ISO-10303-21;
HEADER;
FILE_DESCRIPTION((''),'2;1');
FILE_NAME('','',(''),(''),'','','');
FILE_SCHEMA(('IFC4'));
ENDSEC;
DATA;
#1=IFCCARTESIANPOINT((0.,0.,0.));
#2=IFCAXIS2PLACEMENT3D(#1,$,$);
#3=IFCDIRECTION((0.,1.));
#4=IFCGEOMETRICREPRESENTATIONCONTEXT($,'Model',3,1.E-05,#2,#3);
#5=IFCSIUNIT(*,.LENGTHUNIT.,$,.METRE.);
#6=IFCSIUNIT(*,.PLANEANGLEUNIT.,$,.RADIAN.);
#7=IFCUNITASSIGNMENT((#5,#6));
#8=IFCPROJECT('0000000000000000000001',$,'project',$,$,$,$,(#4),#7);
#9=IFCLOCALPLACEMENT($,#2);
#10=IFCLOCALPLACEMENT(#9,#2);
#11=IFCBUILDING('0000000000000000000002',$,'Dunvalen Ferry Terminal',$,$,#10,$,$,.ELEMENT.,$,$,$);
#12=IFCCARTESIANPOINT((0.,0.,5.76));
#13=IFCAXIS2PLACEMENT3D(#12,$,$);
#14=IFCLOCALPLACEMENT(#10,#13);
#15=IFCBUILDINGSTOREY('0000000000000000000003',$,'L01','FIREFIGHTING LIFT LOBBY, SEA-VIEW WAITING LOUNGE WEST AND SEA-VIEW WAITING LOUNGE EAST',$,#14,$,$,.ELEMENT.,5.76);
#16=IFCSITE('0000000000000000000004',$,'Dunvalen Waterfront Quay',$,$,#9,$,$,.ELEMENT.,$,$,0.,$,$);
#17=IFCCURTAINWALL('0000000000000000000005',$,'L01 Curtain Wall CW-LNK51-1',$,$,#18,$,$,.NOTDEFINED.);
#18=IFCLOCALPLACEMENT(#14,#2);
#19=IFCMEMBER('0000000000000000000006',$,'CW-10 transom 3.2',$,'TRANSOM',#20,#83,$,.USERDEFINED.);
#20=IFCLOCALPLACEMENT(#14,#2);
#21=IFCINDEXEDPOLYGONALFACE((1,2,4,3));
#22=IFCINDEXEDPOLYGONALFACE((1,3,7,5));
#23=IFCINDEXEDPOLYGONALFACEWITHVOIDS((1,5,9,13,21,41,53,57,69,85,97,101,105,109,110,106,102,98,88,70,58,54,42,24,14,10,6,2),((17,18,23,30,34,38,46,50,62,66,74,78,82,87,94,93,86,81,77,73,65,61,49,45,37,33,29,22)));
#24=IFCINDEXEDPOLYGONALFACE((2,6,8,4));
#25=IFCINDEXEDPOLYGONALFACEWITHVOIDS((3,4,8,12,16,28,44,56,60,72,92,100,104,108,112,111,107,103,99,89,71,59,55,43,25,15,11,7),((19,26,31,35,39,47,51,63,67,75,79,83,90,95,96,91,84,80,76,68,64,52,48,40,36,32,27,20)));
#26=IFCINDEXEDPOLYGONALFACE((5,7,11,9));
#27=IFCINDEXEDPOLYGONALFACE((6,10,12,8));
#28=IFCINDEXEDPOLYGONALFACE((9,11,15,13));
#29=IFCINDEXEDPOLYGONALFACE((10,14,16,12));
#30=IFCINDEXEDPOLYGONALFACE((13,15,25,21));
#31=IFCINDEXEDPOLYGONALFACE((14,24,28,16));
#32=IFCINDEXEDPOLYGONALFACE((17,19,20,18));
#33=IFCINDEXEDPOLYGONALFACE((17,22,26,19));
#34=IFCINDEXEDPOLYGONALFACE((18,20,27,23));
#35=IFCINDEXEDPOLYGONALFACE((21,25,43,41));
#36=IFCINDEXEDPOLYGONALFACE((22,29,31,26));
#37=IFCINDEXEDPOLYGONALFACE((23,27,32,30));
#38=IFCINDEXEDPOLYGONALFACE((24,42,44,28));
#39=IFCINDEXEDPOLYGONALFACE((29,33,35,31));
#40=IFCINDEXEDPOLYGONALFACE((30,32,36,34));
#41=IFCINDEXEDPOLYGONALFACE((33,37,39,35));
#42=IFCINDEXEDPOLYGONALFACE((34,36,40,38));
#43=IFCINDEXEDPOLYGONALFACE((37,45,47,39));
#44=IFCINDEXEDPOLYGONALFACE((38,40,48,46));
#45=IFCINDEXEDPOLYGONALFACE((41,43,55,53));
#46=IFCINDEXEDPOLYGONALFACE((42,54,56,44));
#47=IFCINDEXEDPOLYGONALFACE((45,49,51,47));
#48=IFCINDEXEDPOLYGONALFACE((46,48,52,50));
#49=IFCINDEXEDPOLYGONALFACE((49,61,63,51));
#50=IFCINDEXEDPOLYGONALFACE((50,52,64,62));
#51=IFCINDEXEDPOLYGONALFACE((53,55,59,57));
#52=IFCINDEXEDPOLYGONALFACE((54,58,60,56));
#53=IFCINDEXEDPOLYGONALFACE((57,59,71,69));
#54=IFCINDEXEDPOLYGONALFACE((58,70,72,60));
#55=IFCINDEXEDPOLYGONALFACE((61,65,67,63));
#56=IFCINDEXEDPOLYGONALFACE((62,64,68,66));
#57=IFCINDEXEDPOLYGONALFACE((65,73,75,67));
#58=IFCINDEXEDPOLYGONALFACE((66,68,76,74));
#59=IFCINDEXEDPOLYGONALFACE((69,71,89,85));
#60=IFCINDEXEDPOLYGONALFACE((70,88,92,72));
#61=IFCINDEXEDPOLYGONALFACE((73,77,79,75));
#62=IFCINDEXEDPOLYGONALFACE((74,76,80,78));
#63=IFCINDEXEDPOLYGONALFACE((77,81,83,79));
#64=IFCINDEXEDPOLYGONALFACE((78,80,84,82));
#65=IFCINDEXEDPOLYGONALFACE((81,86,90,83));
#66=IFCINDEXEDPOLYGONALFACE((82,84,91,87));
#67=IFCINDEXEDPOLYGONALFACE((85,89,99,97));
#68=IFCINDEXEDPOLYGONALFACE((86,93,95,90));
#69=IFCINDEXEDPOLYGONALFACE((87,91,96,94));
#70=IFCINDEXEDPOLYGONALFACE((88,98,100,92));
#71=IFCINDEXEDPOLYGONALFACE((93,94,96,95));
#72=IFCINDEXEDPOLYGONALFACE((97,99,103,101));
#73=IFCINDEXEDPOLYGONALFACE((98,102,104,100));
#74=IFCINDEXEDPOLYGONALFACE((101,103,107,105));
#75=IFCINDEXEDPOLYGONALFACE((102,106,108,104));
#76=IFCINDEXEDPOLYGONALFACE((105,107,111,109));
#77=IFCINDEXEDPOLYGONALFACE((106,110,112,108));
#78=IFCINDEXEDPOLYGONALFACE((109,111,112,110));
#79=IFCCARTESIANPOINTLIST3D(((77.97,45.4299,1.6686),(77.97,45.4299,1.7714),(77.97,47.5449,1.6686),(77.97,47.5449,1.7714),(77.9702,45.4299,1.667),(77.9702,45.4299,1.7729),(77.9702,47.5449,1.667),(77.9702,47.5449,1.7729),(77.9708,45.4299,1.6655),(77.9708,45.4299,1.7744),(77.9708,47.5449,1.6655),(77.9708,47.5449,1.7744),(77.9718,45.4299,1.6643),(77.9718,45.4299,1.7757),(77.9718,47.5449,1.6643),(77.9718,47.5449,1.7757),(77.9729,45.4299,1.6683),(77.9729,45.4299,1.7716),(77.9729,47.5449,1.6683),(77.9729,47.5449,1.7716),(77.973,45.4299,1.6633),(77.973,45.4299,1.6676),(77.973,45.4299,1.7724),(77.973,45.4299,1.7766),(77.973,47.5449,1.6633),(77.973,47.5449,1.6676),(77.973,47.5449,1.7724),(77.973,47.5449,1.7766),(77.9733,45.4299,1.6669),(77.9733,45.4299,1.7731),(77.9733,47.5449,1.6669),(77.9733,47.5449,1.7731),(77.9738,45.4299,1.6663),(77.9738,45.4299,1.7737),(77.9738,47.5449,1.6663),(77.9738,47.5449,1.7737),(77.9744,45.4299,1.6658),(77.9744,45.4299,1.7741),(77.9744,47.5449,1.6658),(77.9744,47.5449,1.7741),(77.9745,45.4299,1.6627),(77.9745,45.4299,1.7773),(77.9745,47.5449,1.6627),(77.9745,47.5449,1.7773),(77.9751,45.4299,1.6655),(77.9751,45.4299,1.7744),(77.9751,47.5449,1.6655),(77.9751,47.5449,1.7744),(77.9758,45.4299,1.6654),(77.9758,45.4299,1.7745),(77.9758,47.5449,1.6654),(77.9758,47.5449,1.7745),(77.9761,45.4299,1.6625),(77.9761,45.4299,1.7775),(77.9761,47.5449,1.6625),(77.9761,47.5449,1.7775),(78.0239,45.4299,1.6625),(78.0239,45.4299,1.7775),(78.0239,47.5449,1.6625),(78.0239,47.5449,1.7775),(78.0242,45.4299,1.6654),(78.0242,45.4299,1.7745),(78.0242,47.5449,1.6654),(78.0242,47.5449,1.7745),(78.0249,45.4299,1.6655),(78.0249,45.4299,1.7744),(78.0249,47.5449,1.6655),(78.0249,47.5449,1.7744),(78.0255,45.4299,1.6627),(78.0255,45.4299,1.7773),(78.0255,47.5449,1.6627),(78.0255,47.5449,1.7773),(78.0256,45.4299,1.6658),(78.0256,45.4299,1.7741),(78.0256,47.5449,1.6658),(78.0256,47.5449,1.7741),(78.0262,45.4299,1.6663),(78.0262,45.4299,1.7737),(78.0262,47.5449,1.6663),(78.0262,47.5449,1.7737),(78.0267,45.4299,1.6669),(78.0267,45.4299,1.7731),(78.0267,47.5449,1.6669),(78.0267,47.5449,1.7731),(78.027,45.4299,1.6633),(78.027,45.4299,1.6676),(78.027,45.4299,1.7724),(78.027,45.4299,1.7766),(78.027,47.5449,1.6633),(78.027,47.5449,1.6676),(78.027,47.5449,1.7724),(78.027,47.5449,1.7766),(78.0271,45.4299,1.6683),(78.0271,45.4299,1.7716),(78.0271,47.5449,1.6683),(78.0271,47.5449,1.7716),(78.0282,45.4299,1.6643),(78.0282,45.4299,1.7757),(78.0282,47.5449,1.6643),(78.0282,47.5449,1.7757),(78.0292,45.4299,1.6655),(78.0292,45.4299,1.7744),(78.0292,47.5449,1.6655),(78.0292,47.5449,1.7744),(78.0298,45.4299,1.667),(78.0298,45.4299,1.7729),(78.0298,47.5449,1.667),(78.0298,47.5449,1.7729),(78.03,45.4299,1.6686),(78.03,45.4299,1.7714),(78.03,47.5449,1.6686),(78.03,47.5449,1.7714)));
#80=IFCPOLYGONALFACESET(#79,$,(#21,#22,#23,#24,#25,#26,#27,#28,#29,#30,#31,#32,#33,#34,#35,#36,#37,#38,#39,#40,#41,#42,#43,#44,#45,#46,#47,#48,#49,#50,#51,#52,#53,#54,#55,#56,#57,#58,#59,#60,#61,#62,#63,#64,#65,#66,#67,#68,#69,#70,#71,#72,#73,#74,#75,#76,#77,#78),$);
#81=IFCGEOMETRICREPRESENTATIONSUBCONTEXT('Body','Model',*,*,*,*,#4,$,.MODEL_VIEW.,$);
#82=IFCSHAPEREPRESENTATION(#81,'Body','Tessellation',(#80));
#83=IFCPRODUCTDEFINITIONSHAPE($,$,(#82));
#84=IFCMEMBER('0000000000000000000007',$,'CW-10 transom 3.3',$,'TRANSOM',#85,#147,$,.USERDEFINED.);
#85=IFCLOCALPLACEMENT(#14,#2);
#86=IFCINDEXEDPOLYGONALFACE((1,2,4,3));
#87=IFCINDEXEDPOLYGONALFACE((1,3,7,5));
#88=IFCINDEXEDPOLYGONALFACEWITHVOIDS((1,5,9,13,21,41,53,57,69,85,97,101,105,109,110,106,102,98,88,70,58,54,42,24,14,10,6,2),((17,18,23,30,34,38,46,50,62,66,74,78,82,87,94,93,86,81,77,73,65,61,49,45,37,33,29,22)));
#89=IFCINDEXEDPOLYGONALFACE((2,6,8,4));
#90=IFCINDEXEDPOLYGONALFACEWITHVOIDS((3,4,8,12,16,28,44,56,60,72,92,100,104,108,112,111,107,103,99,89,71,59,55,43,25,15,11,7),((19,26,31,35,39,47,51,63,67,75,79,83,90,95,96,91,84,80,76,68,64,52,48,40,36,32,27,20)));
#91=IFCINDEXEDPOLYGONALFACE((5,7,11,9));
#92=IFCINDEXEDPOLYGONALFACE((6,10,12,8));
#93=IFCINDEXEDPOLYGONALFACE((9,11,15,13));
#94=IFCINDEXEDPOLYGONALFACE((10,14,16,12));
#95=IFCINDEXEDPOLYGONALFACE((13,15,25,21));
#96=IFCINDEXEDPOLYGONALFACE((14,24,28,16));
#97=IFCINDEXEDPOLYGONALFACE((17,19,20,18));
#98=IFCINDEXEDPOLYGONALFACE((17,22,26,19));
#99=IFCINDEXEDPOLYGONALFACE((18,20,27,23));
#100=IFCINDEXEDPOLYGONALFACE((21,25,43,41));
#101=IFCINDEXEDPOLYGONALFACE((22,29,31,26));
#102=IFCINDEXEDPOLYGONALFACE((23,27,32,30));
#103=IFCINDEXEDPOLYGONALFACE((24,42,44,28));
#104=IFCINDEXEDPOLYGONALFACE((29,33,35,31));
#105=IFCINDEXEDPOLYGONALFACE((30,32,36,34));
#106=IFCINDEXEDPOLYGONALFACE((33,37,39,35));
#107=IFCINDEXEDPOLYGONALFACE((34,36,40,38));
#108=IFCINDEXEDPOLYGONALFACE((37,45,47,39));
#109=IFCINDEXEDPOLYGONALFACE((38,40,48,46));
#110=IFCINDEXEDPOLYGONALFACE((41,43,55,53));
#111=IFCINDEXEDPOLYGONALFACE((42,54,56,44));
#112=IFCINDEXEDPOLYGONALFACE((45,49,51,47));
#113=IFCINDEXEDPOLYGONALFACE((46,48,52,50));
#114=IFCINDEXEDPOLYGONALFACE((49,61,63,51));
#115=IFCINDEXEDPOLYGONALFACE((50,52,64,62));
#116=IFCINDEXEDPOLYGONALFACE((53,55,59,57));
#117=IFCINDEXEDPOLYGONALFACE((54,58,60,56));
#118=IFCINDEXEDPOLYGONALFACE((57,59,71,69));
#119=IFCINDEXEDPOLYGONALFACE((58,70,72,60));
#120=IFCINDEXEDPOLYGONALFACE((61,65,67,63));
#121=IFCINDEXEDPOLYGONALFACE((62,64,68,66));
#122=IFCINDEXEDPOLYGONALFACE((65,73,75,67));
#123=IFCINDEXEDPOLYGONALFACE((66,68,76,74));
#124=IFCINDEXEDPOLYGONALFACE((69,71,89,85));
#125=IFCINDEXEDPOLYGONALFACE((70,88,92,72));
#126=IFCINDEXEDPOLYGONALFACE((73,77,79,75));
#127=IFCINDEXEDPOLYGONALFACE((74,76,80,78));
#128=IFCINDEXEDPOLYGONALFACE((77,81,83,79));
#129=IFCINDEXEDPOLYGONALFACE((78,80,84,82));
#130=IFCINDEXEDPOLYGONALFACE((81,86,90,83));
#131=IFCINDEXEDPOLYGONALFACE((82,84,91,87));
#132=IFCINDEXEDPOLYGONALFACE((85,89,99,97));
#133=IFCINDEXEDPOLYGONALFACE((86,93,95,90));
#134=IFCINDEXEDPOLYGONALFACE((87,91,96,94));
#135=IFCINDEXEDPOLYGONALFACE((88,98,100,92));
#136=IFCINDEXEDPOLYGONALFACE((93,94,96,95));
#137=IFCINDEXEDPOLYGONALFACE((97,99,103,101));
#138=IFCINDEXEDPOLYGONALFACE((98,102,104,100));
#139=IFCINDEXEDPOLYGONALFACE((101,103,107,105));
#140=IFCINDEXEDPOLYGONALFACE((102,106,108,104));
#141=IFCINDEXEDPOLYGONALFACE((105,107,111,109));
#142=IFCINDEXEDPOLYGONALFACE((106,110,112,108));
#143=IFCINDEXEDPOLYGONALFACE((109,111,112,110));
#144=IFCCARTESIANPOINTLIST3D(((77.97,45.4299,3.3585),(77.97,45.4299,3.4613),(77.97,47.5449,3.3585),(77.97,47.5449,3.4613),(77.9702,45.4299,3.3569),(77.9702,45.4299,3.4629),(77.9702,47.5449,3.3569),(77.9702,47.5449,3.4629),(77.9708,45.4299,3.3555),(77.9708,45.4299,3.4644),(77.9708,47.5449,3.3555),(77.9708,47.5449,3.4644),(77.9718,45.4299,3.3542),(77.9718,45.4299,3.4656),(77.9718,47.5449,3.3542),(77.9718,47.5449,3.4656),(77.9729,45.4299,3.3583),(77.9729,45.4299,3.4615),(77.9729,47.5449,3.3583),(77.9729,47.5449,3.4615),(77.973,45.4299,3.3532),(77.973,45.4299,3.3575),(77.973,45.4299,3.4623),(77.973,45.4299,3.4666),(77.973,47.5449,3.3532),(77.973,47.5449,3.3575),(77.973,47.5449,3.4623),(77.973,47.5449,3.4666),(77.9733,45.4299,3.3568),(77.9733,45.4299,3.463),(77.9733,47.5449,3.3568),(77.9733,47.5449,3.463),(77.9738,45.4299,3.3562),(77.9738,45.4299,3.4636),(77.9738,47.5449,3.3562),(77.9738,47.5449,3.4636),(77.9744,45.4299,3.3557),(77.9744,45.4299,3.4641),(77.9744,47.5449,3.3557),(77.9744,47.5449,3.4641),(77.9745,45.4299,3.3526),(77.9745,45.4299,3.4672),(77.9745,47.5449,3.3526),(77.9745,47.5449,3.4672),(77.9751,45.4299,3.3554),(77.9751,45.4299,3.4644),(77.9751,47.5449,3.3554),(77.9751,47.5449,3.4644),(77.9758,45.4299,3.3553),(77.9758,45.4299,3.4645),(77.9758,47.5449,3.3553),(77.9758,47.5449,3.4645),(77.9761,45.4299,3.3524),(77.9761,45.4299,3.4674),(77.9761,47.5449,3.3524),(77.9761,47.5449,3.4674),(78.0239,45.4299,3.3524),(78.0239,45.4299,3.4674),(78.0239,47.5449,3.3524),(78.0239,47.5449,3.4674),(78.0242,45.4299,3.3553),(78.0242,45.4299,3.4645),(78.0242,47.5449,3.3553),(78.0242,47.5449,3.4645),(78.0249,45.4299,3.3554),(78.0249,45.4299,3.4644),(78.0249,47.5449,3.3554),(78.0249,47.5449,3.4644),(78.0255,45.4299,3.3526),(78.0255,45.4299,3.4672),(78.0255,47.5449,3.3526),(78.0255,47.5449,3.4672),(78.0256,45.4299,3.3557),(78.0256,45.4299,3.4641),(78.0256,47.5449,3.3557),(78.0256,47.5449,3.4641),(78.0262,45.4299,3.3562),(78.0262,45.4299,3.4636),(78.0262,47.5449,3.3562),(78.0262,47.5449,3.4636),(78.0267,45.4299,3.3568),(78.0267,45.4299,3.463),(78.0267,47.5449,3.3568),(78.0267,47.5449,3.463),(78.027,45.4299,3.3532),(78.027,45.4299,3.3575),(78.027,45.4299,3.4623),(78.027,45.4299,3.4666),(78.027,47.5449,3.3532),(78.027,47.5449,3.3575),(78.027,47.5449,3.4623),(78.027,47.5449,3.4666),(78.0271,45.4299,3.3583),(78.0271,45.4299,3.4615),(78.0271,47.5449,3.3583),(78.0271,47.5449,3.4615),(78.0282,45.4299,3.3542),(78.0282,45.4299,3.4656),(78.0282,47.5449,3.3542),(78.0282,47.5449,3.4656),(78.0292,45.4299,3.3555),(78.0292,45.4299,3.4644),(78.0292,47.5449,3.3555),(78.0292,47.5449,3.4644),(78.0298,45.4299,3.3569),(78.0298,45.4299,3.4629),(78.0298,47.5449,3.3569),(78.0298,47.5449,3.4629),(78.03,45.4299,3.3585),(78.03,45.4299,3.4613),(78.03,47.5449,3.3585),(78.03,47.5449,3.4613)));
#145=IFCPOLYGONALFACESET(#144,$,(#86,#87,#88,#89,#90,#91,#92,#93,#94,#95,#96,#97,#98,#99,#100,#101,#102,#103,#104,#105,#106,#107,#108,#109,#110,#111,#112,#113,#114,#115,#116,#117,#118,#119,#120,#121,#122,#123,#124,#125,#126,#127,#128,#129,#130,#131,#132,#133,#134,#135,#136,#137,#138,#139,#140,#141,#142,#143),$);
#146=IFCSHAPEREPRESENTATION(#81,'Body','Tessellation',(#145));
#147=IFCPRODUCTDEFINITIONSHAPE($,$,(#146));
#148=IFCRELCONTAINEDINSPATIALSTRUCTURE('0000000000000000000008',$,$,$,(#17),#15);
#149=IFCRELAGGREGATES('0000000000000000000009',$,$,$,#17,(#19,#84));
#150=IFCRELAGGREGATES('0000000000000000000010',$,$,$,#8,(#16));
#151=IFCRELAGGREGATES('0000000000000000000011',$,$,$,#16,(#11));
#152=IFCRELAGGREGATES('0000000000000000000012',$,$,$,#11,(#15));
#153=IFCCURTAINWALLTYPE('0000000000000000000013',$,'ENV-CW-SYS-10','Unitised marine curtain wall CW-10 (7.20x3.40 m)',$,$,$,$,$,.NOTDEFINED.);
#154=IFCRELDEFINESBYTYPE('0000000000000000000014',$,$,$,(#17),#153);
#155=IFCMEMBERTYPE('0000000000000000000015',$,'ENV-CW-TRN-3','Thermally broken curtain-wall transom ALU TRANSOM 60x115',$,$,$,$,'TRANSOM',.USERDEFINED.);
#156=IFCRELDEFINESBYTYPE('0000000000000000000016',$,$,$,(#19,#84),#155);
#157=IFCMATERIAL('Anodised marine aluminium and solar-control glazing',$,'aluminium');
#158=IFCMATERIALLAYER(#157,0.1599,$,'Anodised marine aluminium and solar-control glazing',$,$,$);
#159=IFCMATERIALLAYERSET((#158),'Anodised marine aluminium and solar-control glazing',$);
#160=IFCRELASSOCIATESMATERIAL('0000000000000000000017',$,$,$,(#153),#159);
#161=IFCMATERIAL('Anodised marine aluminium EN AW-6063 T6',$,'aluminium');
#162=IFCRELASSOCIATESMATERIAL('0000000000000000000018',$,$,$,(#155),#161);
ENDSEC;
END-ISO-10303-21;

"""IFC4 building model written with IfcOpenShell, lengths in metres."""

from ifc_helpers import new_model, si_unit, direction, frame, origin, origin_2d, place, context, subcontext, project, spatial, hollow_rectangle, extrude, material, layer, layer_set, material_profile, profile_set, type_object, element, aggregate, save


model = new_model("IFC4")

# Units and contexts
model_context = context("Model", 3, precision=1e-05, world=origin(), true_north=direction((0.0, 1.0)))
body_context = subcontext(model_context, "Body", "Model", "MODEL_VIEW")
ifc_project = project(units=[si_unit("LENGTHUNIT", "METRE"), si_unit("PLANEANGLEUNIT", "RADIAN")], contexts=[model_context])

# Site, building, storey
site_placement = place(None, origin())
site = spatial("IfcSite", under=ifc_project, at=site_placement, Name="Dunvalen Waterfront Quay", CompositionType="ELEMENT", RefElevation=0.0)
building_placement = place(site_placement, origin())
building = spatial("IfcBuilding", under=site, at=building_placement, Name="Dunvalen Ferry Terminal", CompositionType="ELEMENT")
storey_placement = place(building_placement, frame((0.0, 0.0, 5.76)))
storey = spatial("IfcBuildingStorey", under=building, at=storey_placement, Name="L01", Description="FIREFIGHTING LIFT LOBBY, SEA-VIEW WAITING LOUNGE WEST AND SEA-VIEW WAITING LOUNGE EAST", CompositionType="ELEMENT", Elevation=5.76)

# Curtain wall
ifc_material_1 = material(Name="Anodised marine aluminium and solar-control glazing", Category="aluminium")
ifc_layer_1 = layer(ifc_material_1, 0.1599, Name="Anodised marine aluminium and solar-control glazing")
ifc_layer_set_1 = layer_set([ifc_layer_1], Name="Anodised marine aluminium and solar-control glazing")
curtain_wall_type_1 = type_object("IfcCurtainWallType", Name="ENV-CW-SYS-10", Description="Unitised marine curtain wall CW-10 (7.20x3.40 m)", PredefinedType="NOTDEFINED", material=ifc_layer_set_1)
curtain_wall_1_placement = place(storey_placement, origin())
curtain_wall_1 = element("IfcCurtainWall", 1, at=curtain_wall_1_placement, inside=storey, type_object=curtain_wall_type_1, Name="L01 Curtain Wall CW-LNK51-1", PredefinedType="NOTDEFINED")
ifc_material_2 = material(Name="Anodised marine aluminium EN AW-6063 T6", Category="aluminium")

# Members
ifc_material_profile_1 = material_profile(ifc_material_2, hollow_rectangle(XDim=0.0601, YDim=0.115, WallThickness=0.0029, InnerFilletRadius=0.0029, OuterFilletRadius=0.0061, at=origin_2d()), Name="Anodised marine aluminium EN AW-6063 T6")
ifc_profile_set_1 = profile_set([ifc_material_profile_1], Name="Anodised marine aluminium EN AW-6063 T6")
member_type_1 = type_object("IfcMemberType", Name="ENV-CW-TRN-3", Description="Thermally broken curtain-wall transom ALU TRANSOM 60x115", ElementType="TRANSOM", PredefinedType="USERDEFINED", material=ifc_profile_set_1)
member_1_placement = place(storey_placement, frame((78.0, 45.4299, 1.72), z_axis=(0.0, 1.0, 0.0), x_axis=(-1.0, 0.0, 0.0)))
member_1 = element("IfcMember", 2, at=member_1_placement, type_object=member_type_1, Name="CW-10 transom 3.2", ObjectType="TRANSOM", PredefinedType="USERDEFINED", context=body_context, shape_type="SweptSolid", body=[
    extrude(hollow_rectangle(XDim=0.0601, YDim=0.115, WallThickness=0.0029, InnerFilletRadius=0.0029, OuterFilletRadius=0.0061, at=origin_2d()), origin(), (0.0, 0.0, 1.0), 2.115),
])
member_2_placement = place(storey_placement, frame((78.0, 45.4299, 3.4099), z_axis=(0.0, 1.0, 0.0), x_axis=(-1.0, 0.0, 0.0)))
member_2 = element("IfcMember", 3, at=member_2_placement, type_object=member_type_1, Name="CW-10 transom 3.3", ObjectType="TRANSOM", PredefinedType="USERDEFINED", context=body_context, shape_type="SweptSolid", body=[
    extrude(hollow_rectangle(XDim=0.0601, YDim=0.115, WallThickness=0.0029, InnerFilletRadius=0.0029, OuterFilletRadius=0.0061, at=origin_2d()), origin(), (0.0, 0.0, 1.0), 2.115),
])

aggregate(curtain_wall_1, [member_1, member_2])

save(model, "model.ifc")
